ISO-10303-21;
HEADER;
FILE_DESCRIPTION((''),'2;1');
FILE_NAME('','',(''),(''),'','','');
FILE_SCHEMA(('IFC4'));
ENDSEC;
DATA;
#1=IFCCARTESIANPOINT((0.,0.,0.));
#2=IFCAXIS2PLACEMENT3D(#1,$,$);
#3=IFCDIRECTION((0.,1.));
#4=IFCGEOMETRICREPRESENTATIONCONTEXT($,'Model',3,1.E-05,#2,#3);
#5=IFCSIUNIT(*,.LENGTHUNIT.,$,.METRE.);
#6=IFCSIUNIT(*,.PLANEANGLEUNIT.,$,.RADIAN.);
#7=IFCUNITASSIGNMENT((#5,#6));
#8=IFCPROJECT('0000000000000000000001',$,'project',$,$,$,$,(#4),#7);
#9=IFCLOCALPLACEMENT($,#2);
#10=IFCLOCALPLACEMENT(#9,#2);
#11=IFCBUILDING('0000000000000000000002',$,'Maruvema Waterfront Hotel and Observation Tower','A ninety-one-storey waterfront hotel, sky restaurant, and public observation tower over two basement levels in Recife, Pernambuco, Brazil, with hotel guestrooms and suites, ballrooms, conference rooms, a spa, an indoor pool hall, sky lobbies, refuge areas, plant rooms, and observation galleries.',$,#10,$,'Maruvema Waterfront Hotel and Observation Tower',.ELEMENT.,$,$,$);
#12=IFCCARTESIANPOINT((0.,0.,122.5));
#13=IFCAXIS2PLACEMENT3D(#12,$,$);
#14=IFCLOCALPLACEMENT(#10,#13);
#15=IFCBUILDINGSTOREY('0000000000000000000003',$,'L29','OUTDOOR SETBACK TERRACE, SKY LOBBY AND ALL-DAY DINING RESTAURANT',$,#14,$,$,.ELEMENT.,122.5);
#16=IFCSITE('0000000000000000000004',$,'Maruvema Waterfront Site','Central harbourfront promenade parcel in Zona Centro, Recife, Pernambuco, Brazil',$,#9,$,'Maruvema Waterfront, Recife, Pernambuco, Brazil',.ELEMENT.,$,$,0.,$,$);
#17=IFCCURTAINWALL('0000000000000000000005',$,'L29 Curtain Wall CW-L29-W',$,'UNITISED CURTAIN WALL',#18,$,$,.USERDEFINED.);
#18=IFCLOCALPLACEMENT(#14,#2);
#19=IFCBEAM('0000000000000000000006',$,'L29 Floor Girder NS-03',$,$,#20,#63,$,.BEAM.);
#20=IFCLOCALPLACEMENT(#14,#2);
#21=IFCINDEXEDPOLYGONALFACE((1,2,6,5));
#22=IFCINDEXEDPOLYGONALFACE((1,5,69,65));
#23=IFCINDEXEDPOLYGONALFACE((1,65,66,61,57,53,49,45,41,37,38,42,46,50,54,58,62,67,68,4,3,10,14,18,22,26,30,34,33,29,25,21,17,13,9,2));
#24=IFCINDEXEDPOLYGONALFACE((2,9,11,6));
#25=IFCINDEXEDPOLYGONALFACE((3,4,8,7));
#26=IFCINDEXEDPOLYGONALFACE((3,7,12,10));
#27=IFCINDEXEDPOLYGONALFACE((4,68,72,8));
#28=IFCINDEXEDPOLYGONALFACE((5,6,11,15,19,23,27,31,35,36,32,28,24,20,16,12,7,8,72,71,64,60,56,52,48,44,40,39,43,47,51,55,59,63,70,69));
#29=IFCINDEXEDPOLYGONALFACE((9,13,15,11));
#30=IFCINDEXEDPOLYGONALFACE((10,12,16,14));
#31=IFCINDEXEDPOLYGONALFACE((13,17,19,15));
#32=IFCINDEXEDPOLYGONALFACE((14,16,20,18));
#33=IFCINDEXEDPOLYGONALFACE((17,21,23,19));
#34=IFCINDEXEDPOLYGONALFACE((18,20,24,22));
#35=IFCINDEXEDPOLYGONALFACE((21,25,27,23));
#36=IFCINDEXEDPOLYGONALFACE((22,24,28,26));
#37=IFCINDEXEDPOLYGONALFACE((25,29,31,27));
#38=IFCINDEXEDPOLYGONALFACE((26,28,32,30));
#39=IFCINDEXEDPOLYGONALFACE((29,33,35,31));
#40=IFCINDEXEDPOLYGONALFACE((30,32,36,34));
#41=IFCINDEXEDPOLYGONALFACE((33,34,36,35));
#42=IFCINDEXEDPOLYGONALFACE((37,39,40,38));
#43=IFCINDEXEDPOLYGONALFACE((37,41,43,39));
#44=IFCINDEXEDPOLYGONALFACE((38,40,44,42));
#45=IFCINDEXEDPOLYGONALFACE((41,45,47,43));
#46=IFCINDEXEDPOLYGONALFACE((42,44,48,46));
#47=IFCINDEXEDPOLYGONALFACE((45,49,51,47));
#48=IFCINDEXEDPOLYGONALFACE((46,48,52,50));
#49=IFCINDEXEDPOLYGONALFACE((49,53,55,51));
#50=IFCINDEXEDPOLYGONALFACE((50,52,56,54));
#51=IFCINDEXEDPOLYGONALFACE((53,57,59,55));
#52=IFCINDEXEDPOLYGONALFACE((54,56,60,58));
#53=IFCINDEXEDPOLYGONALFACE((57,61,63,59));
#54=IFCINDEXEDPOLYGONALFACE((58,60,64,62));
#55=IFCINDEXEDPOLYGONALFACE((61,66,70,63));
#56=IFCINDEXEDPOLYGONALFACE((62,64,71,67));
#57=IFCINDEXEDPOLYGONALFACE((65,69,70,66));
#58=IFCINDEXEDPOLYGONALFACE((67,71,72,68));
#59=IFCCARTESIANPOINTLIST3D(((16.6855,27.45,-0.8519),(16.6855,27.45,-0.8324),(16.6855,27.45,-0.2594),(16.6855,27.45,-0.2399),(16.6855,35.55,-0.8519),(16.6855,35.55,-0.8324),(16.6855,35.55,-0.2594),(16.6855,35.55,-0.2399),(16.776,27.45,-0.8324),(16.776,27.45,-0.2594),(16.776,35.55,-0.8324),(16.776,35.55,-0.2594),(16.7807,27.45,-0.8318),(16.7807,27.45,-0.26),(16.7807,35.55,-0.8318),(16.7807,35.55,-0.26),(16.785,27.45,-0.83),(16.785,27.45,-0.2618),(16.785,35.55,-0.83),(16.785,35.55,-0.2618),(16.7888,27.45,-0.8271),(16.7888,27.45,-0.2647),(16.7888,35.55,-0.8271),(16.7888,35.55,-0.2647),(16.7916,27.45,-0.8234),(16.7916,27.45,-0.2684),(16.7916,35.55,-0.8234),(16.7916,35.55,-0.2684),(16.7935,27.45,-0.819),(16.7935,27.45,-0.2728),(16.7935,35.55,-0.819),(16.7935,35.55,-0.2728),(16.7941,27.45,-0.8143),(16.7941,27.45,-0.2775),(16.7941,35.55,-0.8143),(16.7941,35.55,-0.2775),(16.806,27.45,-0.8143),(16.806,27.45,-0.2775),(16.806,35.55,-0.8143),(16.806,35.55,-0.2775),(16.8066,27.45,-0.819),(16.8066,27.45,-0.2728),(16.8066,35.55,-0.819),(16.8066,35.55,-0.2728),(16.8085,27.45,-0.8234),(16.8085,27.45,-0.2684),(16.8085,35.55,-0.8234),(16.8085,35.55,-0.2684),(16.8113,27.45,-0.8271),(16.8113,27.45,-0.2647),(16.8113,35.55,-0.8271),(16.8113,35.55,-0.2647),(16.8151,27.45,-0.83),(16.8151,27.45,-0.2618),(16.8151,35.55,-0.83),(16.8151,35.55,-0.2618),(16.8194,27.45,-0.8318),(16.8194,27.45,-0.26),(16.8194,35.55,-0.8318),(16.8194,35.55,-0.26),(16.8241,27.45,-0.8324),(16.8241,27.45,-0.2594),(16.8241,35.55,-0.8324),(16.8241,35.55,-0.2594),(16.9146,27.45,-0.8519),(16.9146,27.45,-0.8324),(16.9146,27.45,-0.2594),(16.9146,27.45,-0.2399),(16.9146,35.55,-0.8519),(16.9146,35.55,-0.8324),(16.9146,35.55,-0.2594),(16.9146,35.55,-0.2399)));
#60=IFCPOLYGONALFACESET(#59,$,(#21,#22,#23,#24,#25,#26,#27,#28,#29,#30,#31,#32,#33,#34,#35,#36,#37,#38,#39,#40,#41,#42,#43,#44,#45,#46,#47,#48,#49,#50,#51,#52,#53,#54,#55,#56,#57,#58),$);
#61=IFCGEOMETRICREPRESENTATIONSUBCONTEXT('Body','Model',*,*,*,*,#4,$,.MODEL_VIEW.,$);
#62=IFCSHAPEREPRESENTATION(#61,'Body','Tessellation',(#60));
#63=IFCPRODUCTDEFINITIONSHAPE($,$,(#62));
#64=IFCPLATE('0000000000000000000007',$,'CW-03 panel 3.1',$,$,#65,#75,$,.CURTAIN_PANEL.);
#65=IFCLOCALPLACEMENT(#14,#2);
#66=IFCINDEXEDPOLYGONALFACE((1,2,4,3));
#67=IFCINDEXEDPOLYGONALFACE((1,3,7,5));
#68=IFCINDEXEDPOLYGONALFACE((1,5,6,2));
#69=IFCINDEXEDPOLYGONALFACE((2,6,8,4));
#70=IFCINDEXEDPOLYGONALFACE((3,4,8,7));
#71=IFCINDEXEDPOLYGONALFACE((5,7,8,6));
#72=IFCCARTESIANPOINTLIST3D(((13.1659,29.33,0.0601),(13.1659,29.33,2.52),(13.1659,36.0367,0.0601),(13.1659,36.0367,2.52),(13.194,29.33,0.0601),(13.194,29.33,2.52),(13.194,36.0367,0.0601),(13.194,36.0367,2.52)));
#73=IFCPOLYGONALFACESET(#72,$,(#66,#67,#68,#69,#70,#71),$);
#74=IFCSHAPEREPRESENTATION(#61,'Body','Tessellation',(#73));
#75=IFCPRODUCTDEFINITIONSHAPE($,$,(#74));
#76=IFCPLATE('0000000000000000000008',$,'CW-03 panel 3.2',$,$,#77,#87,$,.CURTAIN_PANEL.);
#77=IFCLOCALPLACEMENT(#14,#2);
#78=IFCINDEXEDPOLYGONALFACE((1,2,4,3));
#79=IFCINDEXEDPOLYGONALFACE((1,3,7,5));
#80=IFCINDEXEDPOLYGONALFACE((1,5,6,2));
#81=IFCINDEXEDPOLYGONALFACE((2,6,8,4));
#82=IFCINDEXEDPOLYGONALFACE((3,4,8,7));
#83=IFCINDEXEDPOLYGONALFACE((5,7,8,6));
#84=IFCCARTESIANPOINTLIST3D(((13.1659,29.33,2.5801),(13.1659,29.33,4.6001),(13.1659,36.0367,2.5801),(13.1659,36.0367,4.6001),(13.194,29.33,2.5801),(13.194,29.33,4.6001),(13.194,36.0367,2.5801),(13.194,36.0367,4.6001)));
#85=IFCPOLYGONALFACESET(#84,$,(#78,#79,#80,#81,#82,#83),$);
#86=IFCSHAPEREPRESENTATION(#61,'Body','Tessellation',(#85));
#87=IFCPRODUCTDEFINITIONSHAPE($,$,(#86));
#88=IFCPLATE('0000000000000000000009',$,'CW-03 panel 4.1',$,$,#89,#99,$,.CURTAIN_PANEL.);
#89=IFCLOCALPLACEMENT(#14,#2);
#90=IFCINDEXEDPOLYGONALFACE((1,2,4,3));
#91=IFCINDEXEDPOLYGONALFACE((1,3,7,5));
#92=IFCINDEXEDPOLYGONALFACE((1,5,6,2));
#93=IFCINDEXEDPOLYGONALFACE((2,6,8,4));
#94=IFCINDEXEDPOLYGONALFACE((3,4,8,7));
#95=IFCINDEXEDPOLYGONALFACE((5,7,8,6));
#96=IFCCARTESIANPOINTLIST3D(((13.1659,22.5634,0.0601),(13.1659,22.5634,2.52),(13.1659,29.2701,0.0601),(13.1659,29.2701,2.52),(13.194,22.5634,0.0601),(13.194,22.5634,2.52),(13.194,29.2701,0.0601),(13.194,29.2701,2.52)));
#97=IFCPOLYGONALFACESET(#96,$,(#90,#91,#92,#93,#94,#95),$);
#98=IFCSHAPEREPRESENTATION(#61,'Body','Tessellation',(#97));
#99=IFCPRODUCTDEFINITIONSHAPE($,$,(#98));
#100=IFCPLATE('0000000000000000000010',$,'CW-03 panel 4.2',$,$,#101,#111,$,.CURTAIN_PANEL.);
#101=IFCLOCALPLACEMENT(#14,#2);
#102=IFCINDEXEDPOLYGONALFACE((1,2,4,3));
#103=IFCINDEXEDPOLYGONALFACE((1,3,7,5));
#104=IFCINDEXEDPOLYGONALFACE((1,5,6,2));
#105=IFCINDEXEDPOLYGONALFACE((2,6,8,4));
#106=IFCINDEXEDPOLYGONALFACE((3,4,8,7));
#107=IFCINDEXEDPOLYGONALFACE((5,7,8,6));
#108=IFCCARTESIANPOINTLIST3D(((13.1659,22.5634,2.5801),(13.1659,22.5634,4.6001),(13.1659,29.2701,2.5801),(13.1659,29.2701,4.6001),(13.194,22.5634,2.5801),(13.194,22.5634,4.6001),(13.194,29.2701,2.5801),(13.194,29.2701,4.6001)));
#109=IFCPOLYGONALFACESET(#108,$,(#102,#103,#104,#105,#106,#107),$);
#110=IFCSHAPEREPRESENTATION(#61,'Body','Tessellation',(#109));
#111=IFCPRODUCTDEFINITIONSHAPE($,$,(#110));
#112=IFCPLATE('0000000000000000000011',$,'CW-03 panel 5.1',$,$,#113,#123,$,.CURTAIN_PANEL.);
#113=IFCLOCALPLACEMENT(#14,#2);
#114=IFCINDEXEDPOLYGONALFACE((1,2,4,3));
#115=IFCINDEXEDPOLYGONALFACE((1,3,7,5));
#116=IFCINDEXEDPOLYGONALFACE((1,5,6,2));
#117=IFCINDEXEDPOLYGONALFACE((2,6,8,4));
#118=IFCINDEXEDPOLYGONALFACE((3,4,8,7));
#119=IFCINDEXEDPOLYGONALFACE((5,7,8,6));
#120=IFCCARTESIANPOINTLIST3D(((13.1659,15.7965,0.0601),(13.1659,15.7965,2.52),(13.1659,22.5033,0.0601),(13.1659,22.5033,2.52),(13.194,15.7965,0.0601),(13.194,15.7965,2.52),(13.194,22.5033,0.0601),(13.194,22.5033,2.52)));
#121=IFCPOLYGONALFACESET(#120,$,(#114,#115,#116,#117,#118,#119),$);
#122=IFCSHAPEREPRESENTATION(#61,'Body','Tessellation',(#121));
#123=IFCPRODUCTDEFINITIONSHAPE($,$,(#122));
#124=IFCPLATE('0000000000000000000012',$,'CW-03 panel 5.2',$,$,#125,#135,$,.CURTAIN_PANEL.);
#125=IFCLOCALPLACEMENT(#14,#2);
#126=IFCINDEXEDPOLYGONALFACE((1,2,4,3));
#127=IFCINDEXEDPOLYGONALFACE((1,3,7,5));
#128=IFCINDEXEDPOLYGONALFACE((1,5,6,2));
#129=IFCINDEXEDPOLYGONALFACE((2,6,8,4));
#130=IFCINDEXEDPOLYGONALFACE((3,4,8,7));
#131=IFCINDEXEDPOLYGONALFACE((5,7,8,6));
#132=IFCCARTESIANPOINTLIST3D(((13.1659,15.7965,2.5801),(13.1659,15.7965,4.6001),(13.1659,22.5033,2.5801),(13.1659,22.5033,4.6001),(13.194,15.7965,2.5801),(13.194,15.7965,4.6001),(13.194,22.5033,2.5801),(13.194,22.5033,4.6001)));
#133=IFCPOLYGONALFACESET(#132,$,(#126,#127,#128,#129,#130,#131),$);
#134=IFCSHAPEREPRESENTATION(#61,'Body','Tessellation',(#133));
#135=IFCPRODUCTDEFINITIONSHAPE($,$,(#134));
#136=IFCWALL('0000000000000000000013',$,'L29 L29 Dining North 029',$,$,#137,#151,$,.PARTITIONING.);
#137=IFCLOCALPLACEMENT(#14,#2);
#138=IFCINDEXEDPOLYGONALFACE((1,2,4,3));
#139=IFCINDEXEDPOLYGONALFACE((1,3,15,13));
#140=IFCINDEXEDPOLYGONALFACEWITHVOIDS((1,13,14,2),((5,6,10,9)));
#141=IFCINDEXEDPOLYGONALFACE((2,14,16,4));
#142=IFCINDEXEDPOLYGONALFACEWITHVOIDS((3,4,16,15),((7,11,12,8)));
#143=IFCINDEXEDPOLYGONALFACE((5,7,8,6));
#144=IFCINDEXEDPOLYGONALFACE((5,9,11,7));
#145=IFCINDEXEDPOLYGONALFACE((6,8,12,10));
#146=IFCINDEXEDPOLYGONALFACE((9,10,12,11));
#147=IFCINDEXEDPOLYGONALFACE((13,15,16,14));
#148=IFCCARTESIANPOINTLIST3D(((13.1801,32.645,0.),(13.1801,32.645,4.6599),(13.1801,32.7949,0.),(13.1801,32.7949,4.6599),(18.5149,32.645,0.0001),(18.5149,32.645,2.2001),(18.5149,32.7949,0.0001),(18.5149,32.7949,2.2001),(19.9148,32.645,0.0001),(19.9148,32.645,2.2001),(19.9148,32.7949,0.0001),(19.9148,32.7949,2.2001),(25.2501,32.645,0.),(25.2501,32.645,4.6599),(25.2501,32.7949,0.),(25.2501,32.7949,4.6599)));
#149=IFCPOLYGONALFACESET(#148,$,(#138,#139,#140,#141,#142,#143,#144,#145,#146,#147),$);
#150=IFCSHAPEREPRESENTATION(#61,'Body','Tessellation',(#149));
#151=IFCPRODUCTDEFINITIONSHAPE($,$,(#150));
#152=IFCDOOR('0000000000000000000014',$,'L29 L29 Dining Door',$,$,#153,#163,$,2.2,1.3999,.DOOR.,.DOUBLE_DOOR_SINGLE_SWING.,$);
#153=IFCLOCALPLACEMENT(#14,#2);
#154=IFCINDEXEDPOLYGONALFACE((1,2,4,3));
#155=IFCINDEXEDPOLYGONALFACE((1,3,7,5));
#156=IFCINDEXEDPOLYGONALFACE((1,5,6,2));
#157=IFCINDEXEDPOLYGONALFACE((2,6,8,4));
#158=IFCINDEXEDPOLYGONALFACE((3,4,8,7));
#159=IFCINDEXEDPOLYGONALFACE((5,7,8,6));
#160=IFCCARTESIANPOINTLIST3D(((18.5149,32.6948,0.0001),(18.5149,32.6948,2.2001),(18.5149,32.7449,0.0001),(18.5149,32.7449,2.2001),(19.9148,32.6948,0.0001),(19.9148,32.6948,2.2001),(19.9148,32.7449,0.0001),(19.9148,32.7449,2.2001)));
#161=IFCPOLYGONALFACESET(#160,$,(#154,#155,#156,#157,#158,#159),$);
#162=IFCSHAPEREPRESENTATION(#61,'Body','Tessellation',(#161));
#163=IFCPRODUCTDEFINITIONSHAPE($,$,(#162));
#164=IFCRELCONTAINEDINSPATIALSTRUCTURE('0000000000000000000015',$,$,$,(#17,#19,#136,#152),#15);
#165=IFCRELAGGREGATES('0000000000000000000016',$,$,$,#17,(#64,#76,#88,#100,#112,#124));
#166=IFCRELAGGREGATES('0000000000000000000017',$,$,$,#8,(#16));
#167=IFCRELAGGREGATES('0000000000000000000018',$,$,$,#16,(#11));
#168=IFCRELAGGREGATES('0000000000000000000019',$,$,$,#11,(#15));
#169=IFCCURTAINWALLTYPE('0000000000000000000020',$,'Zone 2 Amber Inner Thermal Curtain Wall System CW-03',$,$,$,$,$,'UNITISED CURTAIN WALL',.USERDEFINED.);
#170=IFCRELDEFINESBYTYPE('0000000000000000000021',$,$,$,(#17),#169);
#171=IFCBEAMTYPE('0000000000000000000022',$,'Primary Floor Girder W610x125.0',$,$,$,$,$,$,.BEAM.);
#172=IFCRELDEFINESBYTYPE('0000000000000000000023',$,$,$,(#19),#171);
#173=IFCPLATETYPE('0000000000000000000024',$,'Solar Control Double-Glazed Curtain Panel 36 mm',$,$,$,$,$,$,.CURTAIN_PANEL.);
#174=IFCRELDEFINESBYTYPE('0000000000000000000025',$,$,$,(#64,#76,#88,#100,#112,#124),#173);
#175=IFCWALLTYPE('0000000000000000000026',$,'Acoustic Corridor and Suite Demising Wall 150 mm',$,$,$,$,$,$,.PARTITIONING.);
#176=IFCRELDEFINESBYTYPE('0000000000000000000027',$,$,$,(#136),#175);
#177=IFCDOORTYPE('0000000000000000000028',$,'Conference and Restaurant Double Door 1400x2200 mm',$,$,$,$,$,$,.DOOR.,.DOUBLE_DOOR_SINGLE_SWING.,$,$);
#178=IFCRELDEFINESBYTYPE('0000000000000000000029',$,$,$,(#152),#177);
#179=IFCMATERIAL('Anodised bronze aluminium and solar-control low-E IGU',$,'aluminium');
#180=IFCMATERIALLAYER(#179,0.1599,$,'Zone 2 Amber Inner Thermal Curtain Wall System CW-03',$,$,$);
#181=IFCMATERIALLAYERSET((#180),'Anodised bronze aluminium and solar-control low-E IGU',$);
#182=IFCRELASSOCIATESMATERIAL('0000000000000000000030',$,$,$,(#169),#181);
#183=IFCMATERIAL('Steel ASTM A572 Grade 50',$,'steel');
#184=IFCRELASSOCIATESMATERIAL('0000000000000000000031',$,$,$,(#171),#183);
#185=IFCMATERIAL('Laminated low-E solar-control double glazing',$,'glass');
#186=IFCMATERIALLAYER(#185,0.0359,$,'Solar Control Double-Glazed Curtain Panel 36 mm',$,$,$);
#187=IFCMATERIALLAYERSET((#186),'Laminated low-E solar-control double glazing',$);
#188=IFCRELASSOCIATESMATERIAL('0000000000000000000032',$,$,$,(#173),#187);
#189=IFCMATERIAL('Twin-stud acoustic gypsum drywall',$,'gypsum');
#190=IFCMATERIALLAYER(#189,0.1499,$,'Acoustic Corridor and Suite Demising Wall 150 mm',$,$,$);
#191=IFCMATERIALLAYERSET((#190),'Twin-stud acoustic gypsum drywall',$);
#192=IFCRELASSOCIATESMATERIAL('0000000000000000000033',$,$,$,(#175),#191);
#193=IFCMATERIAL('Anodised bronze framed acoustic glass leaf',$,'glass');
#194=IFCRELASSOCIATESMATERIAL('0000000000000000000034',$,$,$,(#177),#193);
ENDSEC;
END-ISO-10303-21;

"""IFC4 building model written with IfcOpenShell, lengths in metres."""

from ifc_helpers import new_model, si_unit, direction, frame, frame_2d, origin, origin_2d, place, context, subcontext, project, spatial, rectangle, i_section, extrude, material, layer, layer_set, material_profile, profile_set, type_object, element, fill, aggregate, save


model = new_model("IFC4")

# Units and contexts
model_context = context("Model", 3, precision=1e-05, world=origin(), true_north=direction((0.0, 1.0)))
body_context = subcontext(model_context, "Body", "Model", "MODEL_VIEW")
ifc_project = project(units=[si_unit("LENGTHUNIT", "METRE"), si_unit("PLANEANGLEUNIT", "RADIAN")], contexts=[model_context])

# Site, building, storey
site_placement = place(None, origin())
site = spatial("IfcSite", under=ifc_project, at=site_placement, Name="Maruvema Waterfront Site", Description="Central harbourfront promenade parcel in Zona Centro, Recife, Pernambuco, Brazil", LongName="Maruvema Waterfront, Recife, Pernambuco, Brazil", CompositionType="ELEMENT", RefElevation=0.0)
building_placement = place(site_placement, origin())
building = spatial("IfcBuilding", under=site, at=building_placement, Name="Maruvema Waterfront Hotel and Observation Tower", Description="A ninety-one-storey waterfront hotel, sky restaurant, and public observation tower over two basement levels in Recife, Pernambuco, Brazil, with hotel guestrooms and suites, ballrooms, conference rooms, a spa, an indoor pool hall, sky lobbies, refuge areas, plant rooms, and observation galleries.", LongName="Maruvema Waterfront Hotel and Observation Tower", CompositionType="ELEMENT")
storey_placement = place(building_placement, frame((0.0, 0.0, 122.5)))
storey = spatial("IfcBuildingStorey", under=building, at=storey_placement, Name="L29", Description="OUTDOOR SETBACK TERRACE, SKY LOBBY AND ALL-DAY DINING RESTAURANT", CompositionType="ELEMENT", Elevation=122.5)

# Curtain wall
ifc_material_1 = material(Name="Anodised bronze aluminium and solar-control low-E IGU", Category="aluminium")
ifc_layer_1 = layer(ifc_material_1, 0.1599, Name="Zone 2 Amber Inner Thermal Curtain Wall System CW-03")
ifc_layer_set_1 = layer_set([ifc_layer_1], Name="Anodised bronze aluminium and solar-control low-E IGU")
curtain_wall_type = type_object("IfcCurtainWallType", Name="Zone 2 Amber Inner Thermal Curtain Wall System CW-03", ElementType="UNITISED CURTAIN WALL", PredefinedType="USERDEFINED", material=ifc_layer_set_1)
curtain_wall_placement = place(storey_placement, origin())
curtain_wall = element("IfcCurtainWall", 1, at=curtain_wall_placement, inside=storey, type_object=curtain_wall_type, Name="L29 Curtain Wall CW-L29-W", ObjectType="UNITISED CURTAIN WALL", PredefinedType="USERDEFINED")

# Beam
ifc_material_2 = material(Name="Steel ASTM A572 Grade 50", Category="steel")
ifc_material_profile_1 = material_profile(ifc_material_2, i_section(OverallWidth=0.229, OverallDepth=0.6121, WebThickness=0.012, FlangeThickness=0.0195, FilletRadius=0.0181, at=origin_2d()), Name="W610x125.0")
ifc_profile_set_1 = profile_set([ifc_material_profile_1], Name="Steel ASTM A572 Grade 50")
beam_type = type_object("IfcBeamType", Name="Primary Floor Girder W610x125.0", PredefinedType="BEAM", material=ifc_profile_set_1)
for number, where, z_axis, x_axis, name in (
    (2, (16.8, 27.45, -0.5459), (0.0, 1.0, 0.0), (-1.0, 0.0, 0.0), "L29 Floor Girder NS-03"),
):
    element("IfcBeam", number, at=place(storey_placement, frame(where, z_axis=z_axis, x_axis=x_axis)), inside=storey, type_object=beam_type, Name=name, PredefinedType="BEAM", context=body_context, shape_type="SweptSolid", body=[
        extrude(i_section(OverallWidth=0.229, OverallDepth=0.6121, WebThickness=0.012, FlangeThickness=0.0195, FilletRadius=0.0181, at=origin_2d()), origin(), (0.0, 0.0, 1.0), 8.1001),
    ])

# Plates
ifc_material_3 = material(Name="Laminated low-E solar-control double glazing", Category="glass")
ifc_layer_2 = layer(ifc_material_3, 0.0359, Name="Solar Control Double-Glazed Curtain Panel 36 mm")
ifc_layer_set_2 = layer_set([ifc_layer_2], Name="Laminated low-E solar-control double glazing")
plate_type = type_object("IfcPlateType", Name="Solar Control Double-Glazed Curtain Panel 36 mm", PredefinedType="CURTAIN_PANEL", material=ifc_layer_set_2)
plate_1_placement = place(storey_placement, frame((13.1799, 32.6833, 0.0601), z_axis=(0.0, 0.0, 1.0), x_axis=(0.0, -1.0, 0.0)))
plate_1 = element("IfcPlate", 3, at=plate_1_placement, type_object=plate_type, Name="CW-03 panel 3.1", PredefinedType="CURTAIN_PANEL", context=body_context, shape_type="SweptSolid", body=[
    extrude(rectangle(XDim=6.7068, YDim=0.0281, at=origin_2d()), origin(), (0.0, 0.0, 1.0), 2.46),
])
plate_2_placement = place(storey_placement, frame((13.1799, 32.6833, 2.5801), z_axis=(0.0, 0.0, 1.0), x_axis=(0.0, -1.0, 0.0)))
plate_2 = element("IfcPlate", 4, at=plate_2_placement, type_object=plate_type, Name="CW-03 panel 3.2", PredefinedType="CURTAIN_PANEL", context=body_context, shape_type="SweptSolid", body=[
    extrude(rectangle(XDim=6.7068, YDim=0.0281, at=origin_2d()), origin(), (0.0, 0.0, 1.0), 2.02),
])
plate_3_placement = place(storey_placement, frame((13.1799, 25.9167, 0.0601), z_axis=(0.0, 0.0, 1.0), x_axis=(0.0, -1.0, 0.0)))
plate_3 = element("IfcPlate", 5, at=plate_3_placement, type_object=plate_type, Name="CW-03 panel 4.1", PredefinedType="CURTAIN_PANEL", context=body_context, shape_type="SweptSolid", body=[
    extrude(rectangle(XDim=6.7068, YDim=0.0281, at=origin_2d()), origin(), (0.0, 0.0, 1.0), 2.46),
])
plate_4_placement = place(storey_placement, frame((13.1799, 25.9167, 2.5801), z_axis=(0.0, 0.0, 1.0), x_axis=(0.0, -1.0, 0.0)))
plate_4 = element("IfcPlate", 6, at=plate_4_placement, type_object=plate_type, Name="CW-03 panel 4.2", PredefinedType="CURTAIN_PANEL", context=body_context, shape_type="SweptSolid", body=[
    extrude(rectangle(XDim=6.7068, YDim=0.0281, at=origin_2d()), origin(), (0.0, 0.0, 1.0), 2.02),
])
plate_5_placement = place(storey_placement, frame((13.1799, 19.1499, 0.0601), z_axis=(0.0, 0.0, 1.0), x_axis=(0.0, -1.0, 0.0)))
plate_5 = element("IfcPlate", 7, at=plate_5_placement, type_object=plate_type, Name="CW-03 panel 5.1", PredefinedType="CURTAIN_PANEL", context=body_context, shape_type="SweptSolid", body=[
    extrude(rectangle(XDim=6.7068, YDim=0.0281, at=origin_2d()), origin(), (0.0, 0.0, 1.0), 2.46),
])
plate_6_placement = place(storey_placement, frame((13.1799, 19.1499, 2.5801), z_axis=(0.0, 0.0, 1.0), x_axis=(0.0, -1.0, 0.0)))
plate_6 = element("IfcPlate", 8, at=plate_6_placement, type_object=plate_type, Name="CW-03 panel 5.2", PredefinedType="CURTAIN_PANEL", context=body_context, shape_type="SweptSolid", body=[
    extrude(rectangle(XDim=6.7068, YDim=0.0281, at=origin_2d()), origin(), (0.0, 0.0, 1.0), 2.02),
])
aggregate(curtain_wall, [plate_1, plate_2, plate_3, plate_4, plate_5, plate_6])

# Wall, opening, door
ifc_material_4 = material(Name="Twin-stud acoustic gypsum drywall", Category="gypsum")
ifc_layer_3 = layer(ifc_material_4, 0.1499, Name="Acoustic Corridor and Suite Demising Wall 150 mm")
ifc_layer_set_3 = layer_set([ifc_layer_3], Name="Twin-stud acoustic gypsum drywall")
wall_type = type_object("IfcWallType", Name="Acoustic Corridor and Suite Demising Wall 150 mm", PredefinedType="PARTITIONING", material=ifc_layer_set_3)
wall_placement = place(storey_placement, frame((13.1799, 32.72, 0.0), z_axis=(0.0, 0.0, 1.0), x_axis=(1.0, 0.0, 0.0)))
wall = element("IfcWall", 9, at=wall_placement, inside=storey, type_object=wall_type, Name="L29 L29 Dining North 029", PredefinedType="PARTITIONING", context=body_context, shape_type="SweptSolid", body=[
    extrude(rectangle(XDim=12.0701, YDim=0.1499, at=frame_2d((6.0352, 0.0))), origin(), (0.0, 0.0, 1.0), 4.6599),
])
opening_placement = place(wall_placement, frame((5.335, 0.0, 0.0)))
opening = element("IfcOpeningElement", 10, at=opening_placement, cuts=wall, PredefinedType="OPENING", context=body_context, shape_type="SweptSolid", body=[
    extrude(rectangle(XDim=1.3999, YDim=2.2, at=frame_2d((0.7, 1.1001))), frame((0.0, 0.085, 0.0), z_axis=(0.0, -1.0, 0.0), x_axis=(1.0, 0.0, 0.0)), (0.0, 0.0, 1.0), 0.1699),
])
ifc_material_5 = material(Name="Anodised bronze framed acoustic glass leaf", Category="glass")
door_type = type_object("IfcDoorType", Name="Conference and Restaurant Double Door 1400x2200 mm", OperationType="DOUBLE_DOOR_SINGLE_SWING", PredefinedType="DOOR", material=ifc_material_5)
door_placement = place(opening_placement, origin())
door = element("IfcDoor", 11, at=door_placement, inside=storey, type_object=door_type, Name="L29 L29 Dining Door", OperationType="DOUBLE_DOOR_SINGLE_SWING", OverallHeight=2.2, OverallWidth=1.3999, PredefinedType="DOOR", context=body_context, shape_type="SweptSolid", body=[
    extrude(rectangle(XDim=1.3999, YDim=2.2, at=frame_2d((0.7, 1.1001))), frame((0.0, 0.0249, 0.0), z_axis=(0.0, -1.0, 0.0), x_axis=(1.0, 0.0, 0.0)), (0.0, 0.0, 1.0), 0.05),
])
fill(opening, door)

save(model, "model.ifc")
